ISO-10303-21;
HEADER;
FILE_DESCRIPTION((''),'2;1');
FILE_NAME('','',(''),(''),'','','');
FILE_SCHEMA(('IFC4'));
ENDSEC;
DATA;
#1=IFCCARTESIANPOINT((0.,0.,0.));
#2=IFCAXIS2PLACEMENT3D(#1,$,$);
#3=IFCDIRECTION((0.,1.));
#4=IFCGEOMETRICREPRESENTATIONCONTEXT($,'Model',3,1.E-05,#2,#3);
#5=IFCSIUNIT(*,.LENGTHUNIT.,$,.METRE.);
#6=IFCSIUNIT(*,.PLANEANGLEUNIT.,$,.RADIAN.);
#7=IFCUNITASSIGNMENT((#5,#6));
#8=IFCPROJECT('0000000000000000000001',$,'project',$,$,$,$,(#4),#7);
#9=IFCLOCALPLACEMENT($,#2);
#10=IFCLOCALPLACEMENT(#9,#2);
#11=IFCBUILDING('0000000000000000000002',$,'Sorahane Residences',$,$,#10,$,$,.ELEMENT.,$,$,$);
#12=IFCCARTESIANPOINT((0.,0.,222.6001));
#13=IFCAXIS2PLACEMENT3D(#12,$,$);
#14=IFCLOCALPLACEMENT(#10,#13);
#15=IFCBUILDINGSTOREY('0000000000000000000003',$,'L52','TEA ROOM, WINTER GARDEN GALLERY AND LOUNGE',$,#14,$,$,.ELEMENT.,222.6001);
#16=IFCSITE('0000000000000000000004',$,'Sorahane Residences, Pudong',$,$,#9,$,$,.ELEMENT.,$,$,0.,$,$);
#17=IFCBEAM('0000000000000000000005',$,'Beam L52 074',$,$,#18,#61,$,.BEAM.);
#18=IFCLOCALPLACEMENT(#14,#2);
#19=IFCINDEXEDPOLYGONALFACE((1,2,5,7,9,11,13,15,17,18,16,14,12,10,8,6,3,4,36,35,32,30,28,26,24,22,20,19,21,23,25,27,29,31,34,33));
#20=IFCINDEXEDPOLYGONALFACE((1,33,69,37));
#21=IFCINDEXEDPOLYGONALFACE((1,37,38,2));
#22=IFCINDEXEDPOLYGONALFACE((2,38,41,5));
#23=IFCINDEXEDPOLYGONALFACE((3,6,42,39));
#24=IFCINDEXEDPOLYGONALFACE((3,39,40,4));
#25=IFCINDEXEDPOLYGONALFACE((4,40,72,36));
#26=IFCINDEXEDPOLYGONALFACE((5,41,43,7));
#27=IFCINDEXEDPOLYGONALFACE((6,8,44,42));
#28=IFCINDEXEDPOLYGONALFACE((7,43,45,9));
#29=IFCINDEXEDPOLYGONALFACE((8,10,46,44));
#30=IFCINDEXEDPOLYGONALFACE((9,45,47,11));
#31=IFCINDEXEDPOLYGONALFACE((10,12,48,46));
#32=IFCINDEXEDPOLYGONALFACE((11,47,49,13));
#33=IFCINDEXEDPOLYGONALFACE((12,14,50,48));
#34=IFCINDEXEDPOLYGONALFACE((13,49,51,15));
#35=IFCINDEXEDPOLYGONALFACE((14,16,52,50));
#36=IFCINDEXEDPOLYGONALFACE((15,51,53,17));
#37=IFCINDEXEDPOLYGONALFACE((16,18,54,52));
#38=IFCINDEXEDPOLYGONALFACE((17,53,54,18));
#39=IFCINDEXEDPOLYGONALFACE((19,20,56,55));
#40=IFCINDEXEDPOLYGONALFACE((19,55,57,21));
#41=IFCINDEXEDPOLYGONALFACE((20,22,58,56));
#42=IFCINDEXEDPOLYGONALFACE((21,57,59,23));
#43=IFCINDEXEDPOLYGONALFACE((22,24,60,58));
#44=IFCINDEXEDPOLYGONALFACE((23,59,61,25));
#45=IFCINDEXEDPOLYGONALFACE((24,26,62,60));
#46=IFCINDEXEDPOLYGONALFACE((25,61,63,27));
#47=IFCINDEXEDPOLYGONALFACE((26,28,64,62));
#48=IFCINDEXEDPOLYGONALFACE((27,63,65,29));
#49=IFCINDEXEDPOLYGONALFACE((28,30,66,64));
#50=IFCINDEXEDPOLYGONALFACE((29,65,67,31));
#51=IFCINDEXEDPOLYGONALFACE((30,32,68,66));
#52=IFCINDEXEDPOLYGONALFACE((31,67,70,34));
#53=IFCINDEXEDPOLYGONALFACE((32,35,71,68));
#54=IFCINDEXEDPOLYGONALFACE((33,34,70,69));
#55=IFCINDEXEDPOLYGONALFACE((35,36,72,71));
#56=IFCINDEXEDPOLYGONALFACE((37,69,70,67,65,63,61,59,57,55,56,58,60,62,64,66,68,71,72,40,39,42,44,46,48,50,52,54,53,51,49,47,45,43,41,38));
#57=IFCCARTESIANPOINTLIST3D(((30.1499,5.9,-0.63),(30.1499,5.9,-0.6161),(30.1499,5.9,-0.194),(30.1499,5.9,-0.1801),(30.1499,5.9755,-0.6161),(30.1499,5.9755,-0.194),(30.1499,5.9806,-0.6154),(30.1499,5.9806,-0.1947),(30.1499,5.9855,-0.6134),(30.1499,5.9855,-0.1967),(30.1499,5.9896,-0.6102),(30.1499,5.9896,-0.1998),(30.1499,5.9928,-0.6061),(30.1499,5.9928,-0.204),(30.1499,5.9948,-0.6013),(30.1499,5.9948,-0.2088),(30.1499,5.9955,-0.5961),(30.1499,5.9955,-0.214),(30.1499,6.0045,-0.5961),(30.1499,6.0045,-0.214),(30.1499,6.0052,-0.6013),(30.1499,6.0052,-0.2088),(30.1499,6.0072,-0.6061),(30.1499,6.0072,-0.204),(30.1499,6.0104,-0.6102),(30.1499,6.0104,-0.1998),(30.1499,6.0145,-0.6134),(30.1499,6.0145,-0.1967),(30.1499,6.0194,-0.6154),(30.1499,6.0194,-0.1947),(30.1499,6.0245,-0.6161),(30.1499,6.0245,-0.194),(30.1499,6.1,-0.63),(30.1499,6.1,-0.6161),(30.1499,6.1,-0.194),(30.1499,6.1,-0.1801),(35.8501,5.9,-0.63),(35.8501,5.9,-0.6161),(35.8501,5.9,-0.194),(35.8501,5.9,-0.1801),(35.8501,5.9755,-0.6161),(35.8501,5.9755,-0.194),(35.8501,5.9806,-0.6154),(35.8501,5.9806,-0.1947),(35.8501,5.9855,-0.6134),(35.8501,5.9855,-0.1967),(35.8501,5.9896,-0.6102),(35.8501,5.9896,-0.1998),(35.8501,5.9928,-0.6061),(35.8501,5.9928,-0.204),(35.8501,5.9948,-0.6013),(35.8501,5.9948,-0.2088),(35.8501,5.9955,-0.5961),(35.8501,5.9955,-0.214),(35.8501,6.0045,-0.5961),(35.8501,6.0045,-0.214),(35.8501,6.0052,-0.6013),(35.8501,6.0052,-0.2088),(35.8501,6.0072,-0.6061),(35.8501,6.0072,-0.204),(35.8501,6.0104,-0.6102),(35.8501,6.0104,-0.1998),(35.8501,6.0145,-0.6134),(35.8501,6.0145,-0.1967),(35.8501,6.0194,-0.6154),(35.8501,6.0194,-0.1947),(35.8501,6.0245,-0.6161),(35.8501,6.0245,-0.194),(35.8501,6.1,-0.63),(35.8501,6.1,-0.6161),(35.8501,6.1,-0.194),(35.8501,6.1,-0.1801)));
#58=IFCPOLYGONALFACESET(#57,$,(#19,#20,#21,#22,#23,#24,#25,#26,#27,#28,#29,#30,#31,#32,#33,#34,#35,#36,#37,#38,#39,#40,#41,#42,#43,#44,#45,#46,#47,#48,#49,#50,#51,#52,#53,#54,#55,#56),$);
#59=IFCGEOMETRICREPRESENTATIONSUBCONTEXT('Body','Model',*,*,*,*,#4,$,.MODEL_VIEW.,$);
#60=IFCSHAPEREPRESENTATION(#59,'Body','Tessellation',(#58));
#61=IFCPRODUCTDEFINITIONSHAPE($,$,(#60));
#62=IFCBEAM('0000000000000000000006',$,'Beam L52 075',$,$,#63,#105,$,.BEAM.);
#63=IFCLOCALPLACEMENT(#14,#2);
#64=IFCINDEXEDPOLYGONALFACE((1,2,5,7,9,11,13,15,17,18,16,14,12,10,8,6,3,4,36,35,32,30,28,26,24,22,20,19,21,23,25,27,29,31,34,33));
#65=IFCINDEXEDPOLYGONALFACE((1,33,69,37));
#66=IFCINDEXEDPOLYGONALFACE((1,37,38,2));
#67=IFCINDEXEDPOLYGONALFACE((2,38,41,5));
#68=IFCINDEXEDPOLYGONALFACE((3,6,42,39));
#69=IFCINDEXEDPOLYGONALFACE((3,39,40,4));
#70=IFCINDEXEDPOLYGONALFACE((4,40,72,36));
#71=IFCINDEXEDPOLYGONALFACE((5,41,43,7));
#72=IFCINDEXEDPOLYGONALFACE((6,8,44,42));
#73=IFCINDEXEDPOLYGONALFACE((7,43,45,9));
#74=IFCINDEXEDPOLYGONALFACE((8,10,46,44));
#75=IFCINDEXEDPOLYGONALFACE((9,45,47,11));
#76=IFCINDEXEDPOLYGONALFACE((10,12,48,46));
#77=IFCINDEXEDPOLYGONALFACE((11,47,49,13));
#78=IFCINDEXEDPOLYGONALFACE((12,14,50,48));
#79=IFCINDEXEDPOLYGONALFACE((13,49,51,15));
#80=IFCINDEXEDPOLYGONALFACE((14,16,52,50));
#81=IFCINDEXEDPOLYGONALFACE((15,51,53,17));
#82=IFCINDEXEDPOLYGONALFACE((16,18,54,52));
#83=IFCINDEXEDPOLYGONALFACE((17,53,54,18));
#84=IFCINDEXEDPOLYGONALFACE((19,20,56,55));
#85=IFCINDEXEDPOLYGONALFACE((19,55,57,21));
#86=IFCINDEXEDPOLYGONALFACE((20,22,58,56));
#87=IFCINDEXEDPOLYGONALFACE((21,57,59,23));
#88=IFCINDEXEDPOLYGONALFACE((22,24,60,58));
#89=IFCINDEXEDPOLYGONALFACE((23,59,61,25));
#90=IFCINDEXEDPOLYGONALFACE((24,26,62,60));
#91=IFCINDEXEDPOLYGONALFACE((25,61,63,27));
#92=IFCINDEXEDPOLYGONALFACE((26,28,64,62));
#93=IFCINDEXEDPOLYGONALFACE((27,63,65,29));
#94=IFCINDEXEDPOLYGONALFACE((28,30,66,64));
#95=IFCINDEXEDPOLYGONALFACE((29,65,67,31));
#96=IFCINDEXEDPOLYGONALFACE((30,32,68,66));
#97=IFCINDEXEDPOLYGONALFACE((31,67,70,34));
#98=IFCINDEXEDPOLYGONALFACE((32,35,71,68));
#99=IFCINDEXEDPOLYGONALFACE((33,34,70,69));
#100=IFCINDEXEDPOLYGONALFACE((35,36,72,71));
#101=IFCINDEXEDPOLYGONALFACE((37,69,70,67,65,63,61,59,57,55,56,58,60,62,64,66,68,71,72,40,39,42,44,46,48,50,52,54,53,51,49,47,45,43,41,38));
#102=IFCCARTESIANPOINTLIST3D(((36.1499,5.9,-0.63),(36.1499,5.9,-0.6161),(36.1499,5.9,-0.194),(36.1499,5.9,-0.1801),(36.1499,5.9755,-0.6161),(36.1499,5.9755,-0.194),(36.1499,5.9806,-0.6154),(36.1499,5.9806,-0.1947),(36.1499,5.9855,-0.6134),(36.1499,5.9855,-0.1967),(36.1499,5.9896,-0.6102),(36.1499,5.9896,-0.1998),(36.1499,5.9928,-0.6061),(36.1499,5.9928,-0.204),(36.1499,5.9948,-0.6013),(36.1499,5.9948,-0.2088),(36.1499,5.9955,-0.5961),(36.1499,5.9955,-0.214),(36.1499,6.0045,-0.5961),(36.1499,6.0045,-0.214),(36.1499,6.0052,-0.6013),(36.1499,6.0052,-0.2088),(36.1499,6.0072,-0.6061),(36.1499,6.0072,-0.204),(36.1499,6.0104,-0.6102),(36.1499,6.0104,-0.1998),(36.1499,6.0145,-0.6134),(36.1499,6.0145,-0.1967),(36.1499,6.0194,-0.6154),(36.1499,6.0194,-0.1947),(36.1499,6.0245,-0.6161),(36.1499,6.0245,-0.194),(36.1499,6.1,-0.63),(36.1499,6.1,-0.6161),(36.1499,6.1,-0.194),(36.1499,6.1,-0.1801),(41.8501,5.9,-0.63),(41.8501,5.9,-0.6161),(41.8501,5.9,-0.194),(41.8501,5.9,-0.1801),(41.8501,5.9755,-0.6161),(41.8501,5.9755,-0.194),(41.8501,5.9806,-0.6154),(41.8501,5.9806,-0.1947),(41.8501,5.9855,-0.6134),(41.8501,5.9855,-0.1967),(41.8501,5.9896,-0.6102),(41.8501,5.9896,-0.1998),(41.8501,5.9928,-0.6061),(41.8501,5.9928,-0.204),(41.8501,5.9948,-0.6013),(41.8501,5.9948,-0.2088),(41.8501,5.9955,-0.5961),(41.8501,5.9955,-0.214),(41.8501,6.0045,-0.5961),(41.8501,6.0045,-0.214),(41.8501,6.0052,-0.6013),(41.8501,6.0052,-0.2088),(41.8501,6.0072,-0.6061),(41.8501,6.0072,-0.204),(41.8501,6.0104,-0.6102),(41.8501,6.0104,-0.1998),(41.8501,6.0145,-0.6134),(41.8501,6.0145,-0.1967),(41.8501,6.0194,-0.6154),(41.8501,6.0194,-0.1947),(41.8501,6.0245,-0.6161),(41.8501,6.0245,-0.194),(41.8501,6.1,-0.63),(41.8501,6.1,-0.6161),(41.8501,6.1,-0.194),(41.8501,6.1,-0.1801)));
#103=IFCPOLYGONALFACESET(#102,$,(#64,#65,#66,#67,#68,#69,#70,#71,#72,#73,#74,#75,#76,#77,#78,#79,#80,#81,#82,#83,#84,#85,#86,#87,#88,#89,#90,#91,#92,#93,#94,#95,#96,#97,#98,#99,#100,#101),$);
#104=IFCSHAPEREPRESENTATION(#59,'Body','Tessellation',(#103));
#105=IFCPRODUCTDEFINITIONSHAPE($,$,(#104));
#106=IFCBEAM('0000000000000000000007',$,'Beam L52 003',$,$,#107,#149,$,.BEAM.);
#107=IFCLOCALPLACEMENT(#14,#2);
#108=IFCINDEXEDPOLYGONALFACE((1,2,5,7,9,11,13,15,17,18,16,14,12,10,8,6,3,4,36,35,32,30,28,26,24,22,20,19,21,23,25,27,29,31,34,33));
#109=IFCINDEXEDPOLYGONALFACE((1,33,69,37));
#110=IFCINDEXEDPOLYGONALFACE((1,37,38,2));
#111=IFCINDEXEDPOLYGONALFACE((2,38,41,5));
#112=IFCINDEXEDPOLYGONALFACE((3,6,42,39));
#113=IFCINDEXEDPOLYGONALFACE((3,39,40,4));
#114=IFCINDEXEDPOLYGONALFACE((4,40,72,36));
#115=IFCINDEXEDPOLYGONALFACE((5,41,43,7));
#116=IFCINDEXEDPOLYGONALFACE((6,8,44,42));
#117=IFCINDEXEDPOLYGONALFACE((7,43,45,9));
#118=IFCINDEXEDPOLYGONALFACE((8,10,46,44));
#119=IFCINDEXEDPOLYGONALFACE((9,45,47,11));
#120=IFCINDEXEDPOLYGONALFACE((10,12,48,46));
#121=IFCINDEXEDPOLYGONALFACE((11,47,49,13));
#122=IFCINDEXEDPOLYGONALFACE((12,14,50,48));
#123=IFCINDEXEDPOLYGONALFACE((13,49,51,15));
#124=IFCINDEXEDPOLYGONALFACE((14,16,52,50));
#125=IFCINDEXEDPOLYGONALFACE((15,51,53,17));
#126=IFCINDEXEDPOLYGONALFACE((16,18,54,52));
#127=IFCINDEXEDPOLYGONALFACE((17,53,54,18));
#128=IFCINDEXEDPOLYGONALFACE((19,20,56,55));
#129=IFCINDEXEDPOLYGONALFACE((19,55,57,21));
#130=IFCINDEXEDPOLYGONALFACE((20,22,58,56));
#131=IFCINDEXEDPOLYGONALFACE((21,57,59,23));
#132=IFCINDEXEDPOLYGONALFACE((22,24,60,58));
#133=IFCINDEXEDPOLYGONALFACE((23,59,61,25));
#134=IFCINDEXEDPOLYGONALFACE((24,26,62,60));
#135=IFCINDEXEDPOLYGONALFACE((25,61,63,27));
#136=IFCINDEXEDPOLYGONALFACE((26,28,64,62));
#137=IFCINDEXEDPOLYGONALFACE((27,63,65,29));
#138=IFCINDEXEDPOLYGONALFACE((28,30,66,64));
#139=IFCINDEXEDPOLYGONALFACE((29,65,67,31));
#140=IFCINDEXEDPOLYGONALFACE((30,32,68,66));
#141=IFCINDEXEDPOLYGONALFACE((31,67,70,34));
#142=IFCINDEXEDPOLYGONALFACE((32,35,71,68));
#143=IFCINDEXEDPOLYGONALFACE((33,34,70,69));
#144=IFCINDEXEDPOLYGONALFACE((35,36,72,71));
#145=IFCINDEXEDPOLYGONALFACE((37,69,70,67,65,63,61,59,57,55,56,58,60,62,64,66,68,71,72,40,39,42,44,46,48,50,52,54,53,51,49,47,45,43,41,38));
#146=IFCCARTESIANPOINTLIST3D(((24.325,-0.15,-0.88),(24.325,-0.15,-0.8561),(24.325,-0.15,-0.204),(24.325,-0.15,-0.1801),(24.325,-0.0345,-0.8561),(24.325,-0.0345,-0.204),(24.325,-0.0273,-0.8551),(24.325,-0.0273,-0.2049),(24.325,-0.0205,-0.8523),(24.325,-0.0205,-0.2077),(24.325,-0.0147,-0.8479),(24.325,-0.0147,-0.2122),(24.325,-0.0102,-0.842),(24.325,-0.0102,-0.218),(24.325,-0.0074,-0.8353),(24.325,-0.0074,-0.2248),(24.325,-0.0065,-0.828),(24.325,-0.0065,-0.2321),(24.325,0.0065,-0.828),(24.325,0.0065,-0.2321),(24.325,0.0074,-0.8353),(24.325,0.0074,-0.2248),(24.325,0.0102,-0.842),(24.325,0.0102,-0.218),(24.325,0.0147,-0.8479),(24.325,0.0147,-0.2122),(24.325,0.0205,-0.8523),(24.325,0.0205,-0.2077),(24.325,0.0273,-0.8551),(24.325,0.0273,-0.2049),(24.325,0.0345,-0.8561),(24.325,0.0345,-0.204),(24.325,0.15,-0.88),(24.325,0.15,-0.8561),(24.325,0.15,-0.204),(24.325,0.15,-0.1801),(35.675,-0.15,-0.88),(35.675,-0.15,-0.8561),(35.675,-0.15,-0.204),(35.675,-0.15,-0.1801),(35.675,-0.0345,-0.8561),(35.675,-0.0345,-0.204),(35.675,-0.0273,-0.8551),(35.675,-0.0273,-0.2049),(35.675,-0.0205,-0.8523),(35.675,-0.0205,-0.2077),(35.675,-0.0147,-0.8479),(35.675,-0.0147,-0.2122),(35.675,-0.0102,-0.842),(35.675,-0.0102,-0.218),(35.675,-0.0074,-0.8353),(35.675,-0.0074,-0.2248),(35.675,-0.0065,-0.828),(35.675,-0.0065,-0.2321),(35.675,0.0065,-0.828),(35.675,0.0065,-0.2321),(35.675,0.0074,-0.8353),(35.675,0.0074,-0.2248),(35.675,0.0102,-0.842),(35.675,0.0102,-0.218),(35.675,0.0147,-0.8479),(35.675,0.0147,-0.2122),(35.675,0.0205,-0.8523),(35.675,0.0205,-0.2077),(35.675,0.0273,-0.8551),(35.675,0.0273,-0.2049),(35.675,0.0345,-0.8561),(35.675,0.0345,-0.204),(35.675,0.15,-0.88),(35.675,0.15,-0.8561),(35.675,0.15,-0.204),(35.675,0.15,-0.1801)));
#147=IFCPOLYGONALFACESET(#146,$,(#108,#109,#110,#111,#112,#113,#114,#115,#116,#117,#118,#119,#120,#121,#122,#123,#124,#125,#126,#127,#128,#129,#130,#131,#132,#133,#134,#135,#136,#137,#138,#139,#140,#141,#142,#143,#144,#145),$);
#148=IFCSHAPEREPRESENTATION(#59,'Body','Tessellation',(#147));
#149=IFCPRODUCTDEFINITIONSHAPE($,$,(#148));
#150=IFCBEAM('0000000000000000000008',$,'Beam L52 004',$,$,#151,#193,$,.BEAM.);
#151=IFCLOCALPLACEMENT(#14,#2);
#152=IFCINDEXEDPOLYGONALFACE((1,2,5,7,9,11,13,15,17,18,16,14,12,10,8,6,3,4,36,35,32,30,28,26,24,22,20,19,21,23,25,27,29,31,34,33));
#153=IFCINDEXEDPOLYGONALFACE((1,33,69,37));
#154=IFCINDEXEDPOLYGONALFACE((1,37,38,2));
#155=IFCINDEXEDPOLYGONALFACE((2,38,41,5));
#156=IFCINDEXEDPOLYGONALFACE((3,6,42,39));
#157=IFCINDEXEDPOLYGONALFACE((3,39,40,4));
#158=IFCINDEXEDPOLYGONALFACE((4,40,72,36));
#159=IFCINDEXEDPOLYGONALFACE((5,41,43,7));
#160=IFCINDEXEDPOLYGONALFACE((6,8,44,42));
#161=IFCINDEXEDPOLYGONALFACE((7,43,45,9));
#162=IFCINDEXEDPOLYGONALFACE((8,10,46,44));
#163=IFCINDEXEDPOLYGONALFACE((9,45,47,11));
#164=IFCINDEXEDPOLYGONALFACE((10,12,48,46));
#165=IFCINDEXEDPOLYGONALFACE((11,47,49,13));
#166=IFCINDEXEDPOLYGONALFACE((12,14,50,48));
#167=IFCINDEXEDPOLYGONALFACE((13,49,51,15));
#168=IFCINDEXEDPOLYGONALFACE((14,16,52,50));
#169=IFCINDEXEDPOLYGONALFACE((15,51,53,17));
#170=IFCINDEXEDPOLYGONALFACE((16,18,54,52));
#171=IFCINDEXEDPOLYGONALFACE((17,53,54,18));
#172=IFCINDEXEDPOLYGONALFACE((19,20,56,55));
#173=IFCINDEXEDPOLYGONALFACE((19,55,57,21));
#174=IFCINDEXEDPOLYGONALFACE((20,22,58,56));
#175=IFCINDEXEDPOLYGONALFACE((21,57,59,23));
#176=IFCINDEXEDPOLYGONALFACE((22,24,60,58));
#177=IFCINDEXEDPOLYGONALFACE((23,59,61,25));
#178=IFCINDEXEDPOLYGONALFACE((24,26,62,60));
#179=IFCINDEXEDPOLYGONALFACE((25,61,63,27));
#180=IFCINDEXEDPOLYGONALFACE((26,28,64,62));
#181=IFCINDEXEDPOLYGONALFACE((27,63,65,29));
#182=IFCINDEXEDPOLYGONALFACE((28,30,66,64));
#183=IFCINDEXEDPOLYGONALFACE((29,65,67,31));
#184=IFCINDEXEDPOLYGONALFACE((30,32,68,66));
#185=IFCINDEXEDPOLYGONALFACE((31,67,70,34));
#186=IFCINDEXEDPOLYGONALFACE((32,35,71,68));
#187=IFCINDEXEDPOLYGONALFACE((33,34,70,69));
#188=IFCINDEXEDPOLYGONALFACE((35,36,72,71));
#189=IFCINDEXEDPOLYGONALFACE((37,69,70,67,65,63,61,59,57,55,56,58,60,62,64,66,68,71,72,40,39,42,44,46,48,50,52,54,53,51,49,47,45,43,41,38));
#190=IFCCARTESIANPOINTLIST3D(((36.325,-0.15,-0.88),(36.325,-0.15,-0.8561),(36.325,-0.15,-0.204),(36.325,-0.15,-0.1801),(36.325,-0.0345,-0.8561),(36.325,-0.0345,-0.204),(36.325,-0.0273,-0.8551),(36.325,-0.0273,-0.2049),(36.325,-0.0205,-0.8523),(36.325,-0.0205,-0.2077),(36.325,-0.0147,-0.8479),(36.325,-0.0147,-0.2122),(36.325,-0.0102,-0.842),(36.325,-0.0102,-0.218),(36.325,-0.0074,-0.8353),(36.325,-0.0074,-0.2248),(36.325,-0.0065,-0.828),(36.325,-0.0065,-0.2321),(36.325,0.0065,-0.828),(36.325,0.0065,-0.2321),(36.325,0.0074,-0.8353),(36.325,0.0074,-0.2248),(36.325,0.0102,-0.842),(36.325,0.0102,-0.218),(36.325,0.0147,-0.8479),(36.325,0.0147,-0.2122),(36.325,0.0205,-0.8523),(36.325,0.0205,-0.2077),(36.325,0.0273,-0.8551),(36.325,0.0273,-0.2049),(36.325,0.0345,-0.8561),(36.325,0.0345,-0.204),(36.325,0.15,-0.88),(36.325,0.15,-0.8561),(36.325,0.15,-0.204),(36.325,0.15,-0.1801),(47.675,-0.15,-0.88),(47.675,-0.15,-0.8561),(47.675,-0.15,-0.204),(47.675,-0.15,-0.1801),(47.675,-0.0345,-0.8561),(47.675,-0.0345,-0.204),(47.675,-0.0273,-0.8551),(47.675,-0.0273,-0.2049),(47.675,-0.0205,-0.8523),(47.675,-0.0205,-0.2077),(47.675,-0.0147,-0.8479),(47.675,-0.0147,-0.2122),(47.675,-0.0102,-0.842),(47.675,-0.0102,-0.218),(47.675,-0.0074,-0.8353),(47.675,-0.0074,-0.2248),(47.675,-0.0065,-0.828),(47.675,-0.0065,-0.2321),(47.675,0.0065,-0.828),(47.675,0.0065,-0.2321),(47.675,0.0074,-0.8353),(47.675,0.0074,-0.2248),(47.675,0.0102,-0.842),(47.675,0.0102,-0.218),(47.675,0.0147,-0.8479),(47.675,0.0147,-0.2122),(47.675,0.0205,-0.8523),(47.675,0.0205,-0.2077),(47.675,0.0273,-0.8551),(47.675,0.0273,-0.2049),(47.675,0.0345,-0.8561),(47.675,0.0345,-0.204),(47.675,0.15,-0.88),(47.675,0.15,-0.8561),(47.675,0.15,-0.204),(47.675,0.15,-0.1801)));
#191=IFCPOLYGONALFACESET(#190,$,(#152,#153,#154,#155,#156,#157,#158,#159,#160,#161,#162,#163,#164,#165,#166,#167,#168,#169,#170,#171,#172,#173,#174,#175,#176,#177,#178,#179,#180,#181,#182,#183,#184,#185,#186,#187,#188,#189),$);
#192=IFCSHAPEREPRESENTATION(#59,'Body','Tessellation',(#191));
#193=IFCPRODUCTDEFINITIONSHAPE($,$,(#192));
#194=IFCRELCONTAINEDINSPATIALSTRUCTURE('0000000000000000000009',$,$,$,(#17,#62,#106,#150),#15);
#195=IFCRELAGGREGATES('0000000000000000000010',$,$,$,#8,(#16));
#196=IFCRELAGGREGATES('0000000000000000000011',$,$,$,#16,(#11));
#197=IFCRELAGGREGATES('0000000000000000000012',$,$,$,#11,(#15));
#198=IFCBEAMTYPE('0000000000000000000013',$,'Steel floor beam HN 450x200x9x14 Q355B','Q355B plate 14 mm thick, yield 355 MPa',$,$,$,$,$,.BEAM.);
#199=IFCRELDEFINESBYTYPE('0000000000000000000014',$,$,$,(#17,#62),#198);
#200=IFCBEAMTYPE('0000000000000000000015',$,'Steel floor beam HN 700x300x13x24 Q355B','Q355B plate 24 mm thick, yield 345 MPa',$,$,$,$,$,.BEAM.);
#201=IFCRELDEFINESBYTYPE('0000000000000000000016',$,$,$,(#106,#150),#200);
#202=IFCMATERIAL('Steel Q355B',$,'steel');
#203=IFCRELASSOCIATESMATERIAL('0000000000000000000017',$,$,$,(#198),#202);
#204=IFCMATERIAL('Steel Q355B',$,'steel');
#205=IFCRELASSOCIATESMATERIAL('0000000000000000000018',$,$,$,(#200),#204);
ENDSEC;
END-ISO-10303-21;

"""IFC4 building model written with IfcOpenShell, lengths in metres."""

from ifc_helpers import new_model, si_unit, direction, frame, origin, origin_2d, place, context, subcontext, project, spatial, i_section, extrude, material, material_profile, profile_set, type_object, element, save


model = new_model("IFC4")

# Units and contexts
model_context = context("Model", 3, precision=1e-05, world=origin(), true_north=direction((0.0, 1.0)))
body_context = subcontext(model_context, "Body", "Model", "MODEL_VIEW")
ifc_project = project(units=[si_unit("LENGTHUNIT", "METRE"), si_unit("PLANEANGLEUNIT", "RADIAN")], contexts=[model_context])

# Site, building, storey
site_placement = place(None, origin())
site = spatial("IfcSite", under=ifc_project, at=site_placement, Name="Sorahane Residences, Pudong", CompositionType="ELEMENT", RefElevation=0.0)
building_placement = place(site_placement, origin())
building = spatial("IfcBuilding", under=site, at=building_placement, Name="Sorahane Residences", CompositionType="ELEMENT")
storey_placement = place(building_placement, frame((0.0, 0.0, 222.6001)))
storey = spatial("IfcBuildingStorey", under=building, at=storey_placement, Name="L52", Description="TEA ROOM, WINTER GARDEN GALLERY AND LOUNGE", CompositionType="ELEMENT", Elevation=222.6001)

# Beams
ifc_material_1 = material(Name="Steel Q355B", Category="steel")
ifc_material_profile_1 = material_profile(ifc_material_1, i_section(OverallWidth=0.2, OverallDepth=0.45, WebThickness=0.009, FlangeThickness=0.0139, FilletRadius=0.02, at=origin_2d()), Name="HN 450x200x9x14")
ifc_profile_set_1 = profile_set([ifc_material_profile_1], Name="Steel Q355B")
beam_type_1 = type_object("IfcBeamType", Name="Steel floor beam HN 450x200x9x14 Q355B", Description="Q355B plate 14 mm thick, yield 355 MPa", PredefinedType="BEAM", material=ifc_profile_set_1)
for number, where, z_axis, x_axis, name in (
    (1, (30.1499, 6.0, -0.405), (1.0, 0.0, 0.0), (0.0, 1.0, 0.0), "Beam L52 074"),
    (2, (36.1499, 6.0, -0.405), (1.0, 0.0, 0.0), (0.0, 1.0, 0.0), "Beam L52 075"),
):
    element("IfcBeam", number, at=place(storey_placement, frame(where, z_axis=z_axis, x_axis=x_axis)), inside=storey, type_object=beam_type_1, Name=name, PredefinedType="BEAM", context=body_context, shape_type="SweptSolid", body=[
        extrude(i_section(OverallWidth=0.2, OverallDepth=0.45, WebThickness=0.009, FlangeThickness=0.0139, FilletRadius=0.02, at=origin_2d()), origin(), (0.0, 0.0, 1.0), 5.7002),
    ])
ifc_material_2 = material(Name="Steel Q355B", Category="steel")
ifc_material_profile_2 = material_profile(ifc_material_2, i_section(OverallWidth=0.3, OverallDepth=0.7, WebThickness=0.0129, FlangeThickness=0.0239, FilletRadius=0.0281, at=origin_2d()), Name="HN 700x300x13x24")
ifc_profile_set_2 = profile_set([ifc_material_profile_2], Name="Steel Q355B")
beam_type_2 = type_object("IfcBeamType", Name="Steel floor beam HN 700x300x13x24 Q355B", Description="Q355B plate 24 mm thick, yield 345 MPa", PredefinedType="BEAM", material=ifc_profile_set_2)
for number, where, z_axis, x_axis, name in (
    (3, (24.325, 0.0, -0.53), (1.0, 0.0, 0.0), (0.0, 1.0, 0.0), "Beam L52 003"),
    (4, (36.325, 0.0, -0.53), (1.0, 0.0, 0.0), (0.0, 1.0, 0.0), "Beam L52 004"),
):
    element("IfcBeam", number, at=place(storey_placement, frame(where, z_axis=z_axis, x_axis=x_axis)), inside=storey, type_object=beam_type_2, Name=name, PredefinedType="BEAM", context=body_context, shape_type="SweptSolid", body=[
        extrude(i_section(OverallWidth=0.3, OverallDepth=0.7, WebThickness=0.0129, FlangeThickness=0.0239, FilletRadius=0.0281, at=origin_2d()), origin(), (0.0, 0.0, 1.0), 11.3501),
    ])

save(model, "model.ifc")
